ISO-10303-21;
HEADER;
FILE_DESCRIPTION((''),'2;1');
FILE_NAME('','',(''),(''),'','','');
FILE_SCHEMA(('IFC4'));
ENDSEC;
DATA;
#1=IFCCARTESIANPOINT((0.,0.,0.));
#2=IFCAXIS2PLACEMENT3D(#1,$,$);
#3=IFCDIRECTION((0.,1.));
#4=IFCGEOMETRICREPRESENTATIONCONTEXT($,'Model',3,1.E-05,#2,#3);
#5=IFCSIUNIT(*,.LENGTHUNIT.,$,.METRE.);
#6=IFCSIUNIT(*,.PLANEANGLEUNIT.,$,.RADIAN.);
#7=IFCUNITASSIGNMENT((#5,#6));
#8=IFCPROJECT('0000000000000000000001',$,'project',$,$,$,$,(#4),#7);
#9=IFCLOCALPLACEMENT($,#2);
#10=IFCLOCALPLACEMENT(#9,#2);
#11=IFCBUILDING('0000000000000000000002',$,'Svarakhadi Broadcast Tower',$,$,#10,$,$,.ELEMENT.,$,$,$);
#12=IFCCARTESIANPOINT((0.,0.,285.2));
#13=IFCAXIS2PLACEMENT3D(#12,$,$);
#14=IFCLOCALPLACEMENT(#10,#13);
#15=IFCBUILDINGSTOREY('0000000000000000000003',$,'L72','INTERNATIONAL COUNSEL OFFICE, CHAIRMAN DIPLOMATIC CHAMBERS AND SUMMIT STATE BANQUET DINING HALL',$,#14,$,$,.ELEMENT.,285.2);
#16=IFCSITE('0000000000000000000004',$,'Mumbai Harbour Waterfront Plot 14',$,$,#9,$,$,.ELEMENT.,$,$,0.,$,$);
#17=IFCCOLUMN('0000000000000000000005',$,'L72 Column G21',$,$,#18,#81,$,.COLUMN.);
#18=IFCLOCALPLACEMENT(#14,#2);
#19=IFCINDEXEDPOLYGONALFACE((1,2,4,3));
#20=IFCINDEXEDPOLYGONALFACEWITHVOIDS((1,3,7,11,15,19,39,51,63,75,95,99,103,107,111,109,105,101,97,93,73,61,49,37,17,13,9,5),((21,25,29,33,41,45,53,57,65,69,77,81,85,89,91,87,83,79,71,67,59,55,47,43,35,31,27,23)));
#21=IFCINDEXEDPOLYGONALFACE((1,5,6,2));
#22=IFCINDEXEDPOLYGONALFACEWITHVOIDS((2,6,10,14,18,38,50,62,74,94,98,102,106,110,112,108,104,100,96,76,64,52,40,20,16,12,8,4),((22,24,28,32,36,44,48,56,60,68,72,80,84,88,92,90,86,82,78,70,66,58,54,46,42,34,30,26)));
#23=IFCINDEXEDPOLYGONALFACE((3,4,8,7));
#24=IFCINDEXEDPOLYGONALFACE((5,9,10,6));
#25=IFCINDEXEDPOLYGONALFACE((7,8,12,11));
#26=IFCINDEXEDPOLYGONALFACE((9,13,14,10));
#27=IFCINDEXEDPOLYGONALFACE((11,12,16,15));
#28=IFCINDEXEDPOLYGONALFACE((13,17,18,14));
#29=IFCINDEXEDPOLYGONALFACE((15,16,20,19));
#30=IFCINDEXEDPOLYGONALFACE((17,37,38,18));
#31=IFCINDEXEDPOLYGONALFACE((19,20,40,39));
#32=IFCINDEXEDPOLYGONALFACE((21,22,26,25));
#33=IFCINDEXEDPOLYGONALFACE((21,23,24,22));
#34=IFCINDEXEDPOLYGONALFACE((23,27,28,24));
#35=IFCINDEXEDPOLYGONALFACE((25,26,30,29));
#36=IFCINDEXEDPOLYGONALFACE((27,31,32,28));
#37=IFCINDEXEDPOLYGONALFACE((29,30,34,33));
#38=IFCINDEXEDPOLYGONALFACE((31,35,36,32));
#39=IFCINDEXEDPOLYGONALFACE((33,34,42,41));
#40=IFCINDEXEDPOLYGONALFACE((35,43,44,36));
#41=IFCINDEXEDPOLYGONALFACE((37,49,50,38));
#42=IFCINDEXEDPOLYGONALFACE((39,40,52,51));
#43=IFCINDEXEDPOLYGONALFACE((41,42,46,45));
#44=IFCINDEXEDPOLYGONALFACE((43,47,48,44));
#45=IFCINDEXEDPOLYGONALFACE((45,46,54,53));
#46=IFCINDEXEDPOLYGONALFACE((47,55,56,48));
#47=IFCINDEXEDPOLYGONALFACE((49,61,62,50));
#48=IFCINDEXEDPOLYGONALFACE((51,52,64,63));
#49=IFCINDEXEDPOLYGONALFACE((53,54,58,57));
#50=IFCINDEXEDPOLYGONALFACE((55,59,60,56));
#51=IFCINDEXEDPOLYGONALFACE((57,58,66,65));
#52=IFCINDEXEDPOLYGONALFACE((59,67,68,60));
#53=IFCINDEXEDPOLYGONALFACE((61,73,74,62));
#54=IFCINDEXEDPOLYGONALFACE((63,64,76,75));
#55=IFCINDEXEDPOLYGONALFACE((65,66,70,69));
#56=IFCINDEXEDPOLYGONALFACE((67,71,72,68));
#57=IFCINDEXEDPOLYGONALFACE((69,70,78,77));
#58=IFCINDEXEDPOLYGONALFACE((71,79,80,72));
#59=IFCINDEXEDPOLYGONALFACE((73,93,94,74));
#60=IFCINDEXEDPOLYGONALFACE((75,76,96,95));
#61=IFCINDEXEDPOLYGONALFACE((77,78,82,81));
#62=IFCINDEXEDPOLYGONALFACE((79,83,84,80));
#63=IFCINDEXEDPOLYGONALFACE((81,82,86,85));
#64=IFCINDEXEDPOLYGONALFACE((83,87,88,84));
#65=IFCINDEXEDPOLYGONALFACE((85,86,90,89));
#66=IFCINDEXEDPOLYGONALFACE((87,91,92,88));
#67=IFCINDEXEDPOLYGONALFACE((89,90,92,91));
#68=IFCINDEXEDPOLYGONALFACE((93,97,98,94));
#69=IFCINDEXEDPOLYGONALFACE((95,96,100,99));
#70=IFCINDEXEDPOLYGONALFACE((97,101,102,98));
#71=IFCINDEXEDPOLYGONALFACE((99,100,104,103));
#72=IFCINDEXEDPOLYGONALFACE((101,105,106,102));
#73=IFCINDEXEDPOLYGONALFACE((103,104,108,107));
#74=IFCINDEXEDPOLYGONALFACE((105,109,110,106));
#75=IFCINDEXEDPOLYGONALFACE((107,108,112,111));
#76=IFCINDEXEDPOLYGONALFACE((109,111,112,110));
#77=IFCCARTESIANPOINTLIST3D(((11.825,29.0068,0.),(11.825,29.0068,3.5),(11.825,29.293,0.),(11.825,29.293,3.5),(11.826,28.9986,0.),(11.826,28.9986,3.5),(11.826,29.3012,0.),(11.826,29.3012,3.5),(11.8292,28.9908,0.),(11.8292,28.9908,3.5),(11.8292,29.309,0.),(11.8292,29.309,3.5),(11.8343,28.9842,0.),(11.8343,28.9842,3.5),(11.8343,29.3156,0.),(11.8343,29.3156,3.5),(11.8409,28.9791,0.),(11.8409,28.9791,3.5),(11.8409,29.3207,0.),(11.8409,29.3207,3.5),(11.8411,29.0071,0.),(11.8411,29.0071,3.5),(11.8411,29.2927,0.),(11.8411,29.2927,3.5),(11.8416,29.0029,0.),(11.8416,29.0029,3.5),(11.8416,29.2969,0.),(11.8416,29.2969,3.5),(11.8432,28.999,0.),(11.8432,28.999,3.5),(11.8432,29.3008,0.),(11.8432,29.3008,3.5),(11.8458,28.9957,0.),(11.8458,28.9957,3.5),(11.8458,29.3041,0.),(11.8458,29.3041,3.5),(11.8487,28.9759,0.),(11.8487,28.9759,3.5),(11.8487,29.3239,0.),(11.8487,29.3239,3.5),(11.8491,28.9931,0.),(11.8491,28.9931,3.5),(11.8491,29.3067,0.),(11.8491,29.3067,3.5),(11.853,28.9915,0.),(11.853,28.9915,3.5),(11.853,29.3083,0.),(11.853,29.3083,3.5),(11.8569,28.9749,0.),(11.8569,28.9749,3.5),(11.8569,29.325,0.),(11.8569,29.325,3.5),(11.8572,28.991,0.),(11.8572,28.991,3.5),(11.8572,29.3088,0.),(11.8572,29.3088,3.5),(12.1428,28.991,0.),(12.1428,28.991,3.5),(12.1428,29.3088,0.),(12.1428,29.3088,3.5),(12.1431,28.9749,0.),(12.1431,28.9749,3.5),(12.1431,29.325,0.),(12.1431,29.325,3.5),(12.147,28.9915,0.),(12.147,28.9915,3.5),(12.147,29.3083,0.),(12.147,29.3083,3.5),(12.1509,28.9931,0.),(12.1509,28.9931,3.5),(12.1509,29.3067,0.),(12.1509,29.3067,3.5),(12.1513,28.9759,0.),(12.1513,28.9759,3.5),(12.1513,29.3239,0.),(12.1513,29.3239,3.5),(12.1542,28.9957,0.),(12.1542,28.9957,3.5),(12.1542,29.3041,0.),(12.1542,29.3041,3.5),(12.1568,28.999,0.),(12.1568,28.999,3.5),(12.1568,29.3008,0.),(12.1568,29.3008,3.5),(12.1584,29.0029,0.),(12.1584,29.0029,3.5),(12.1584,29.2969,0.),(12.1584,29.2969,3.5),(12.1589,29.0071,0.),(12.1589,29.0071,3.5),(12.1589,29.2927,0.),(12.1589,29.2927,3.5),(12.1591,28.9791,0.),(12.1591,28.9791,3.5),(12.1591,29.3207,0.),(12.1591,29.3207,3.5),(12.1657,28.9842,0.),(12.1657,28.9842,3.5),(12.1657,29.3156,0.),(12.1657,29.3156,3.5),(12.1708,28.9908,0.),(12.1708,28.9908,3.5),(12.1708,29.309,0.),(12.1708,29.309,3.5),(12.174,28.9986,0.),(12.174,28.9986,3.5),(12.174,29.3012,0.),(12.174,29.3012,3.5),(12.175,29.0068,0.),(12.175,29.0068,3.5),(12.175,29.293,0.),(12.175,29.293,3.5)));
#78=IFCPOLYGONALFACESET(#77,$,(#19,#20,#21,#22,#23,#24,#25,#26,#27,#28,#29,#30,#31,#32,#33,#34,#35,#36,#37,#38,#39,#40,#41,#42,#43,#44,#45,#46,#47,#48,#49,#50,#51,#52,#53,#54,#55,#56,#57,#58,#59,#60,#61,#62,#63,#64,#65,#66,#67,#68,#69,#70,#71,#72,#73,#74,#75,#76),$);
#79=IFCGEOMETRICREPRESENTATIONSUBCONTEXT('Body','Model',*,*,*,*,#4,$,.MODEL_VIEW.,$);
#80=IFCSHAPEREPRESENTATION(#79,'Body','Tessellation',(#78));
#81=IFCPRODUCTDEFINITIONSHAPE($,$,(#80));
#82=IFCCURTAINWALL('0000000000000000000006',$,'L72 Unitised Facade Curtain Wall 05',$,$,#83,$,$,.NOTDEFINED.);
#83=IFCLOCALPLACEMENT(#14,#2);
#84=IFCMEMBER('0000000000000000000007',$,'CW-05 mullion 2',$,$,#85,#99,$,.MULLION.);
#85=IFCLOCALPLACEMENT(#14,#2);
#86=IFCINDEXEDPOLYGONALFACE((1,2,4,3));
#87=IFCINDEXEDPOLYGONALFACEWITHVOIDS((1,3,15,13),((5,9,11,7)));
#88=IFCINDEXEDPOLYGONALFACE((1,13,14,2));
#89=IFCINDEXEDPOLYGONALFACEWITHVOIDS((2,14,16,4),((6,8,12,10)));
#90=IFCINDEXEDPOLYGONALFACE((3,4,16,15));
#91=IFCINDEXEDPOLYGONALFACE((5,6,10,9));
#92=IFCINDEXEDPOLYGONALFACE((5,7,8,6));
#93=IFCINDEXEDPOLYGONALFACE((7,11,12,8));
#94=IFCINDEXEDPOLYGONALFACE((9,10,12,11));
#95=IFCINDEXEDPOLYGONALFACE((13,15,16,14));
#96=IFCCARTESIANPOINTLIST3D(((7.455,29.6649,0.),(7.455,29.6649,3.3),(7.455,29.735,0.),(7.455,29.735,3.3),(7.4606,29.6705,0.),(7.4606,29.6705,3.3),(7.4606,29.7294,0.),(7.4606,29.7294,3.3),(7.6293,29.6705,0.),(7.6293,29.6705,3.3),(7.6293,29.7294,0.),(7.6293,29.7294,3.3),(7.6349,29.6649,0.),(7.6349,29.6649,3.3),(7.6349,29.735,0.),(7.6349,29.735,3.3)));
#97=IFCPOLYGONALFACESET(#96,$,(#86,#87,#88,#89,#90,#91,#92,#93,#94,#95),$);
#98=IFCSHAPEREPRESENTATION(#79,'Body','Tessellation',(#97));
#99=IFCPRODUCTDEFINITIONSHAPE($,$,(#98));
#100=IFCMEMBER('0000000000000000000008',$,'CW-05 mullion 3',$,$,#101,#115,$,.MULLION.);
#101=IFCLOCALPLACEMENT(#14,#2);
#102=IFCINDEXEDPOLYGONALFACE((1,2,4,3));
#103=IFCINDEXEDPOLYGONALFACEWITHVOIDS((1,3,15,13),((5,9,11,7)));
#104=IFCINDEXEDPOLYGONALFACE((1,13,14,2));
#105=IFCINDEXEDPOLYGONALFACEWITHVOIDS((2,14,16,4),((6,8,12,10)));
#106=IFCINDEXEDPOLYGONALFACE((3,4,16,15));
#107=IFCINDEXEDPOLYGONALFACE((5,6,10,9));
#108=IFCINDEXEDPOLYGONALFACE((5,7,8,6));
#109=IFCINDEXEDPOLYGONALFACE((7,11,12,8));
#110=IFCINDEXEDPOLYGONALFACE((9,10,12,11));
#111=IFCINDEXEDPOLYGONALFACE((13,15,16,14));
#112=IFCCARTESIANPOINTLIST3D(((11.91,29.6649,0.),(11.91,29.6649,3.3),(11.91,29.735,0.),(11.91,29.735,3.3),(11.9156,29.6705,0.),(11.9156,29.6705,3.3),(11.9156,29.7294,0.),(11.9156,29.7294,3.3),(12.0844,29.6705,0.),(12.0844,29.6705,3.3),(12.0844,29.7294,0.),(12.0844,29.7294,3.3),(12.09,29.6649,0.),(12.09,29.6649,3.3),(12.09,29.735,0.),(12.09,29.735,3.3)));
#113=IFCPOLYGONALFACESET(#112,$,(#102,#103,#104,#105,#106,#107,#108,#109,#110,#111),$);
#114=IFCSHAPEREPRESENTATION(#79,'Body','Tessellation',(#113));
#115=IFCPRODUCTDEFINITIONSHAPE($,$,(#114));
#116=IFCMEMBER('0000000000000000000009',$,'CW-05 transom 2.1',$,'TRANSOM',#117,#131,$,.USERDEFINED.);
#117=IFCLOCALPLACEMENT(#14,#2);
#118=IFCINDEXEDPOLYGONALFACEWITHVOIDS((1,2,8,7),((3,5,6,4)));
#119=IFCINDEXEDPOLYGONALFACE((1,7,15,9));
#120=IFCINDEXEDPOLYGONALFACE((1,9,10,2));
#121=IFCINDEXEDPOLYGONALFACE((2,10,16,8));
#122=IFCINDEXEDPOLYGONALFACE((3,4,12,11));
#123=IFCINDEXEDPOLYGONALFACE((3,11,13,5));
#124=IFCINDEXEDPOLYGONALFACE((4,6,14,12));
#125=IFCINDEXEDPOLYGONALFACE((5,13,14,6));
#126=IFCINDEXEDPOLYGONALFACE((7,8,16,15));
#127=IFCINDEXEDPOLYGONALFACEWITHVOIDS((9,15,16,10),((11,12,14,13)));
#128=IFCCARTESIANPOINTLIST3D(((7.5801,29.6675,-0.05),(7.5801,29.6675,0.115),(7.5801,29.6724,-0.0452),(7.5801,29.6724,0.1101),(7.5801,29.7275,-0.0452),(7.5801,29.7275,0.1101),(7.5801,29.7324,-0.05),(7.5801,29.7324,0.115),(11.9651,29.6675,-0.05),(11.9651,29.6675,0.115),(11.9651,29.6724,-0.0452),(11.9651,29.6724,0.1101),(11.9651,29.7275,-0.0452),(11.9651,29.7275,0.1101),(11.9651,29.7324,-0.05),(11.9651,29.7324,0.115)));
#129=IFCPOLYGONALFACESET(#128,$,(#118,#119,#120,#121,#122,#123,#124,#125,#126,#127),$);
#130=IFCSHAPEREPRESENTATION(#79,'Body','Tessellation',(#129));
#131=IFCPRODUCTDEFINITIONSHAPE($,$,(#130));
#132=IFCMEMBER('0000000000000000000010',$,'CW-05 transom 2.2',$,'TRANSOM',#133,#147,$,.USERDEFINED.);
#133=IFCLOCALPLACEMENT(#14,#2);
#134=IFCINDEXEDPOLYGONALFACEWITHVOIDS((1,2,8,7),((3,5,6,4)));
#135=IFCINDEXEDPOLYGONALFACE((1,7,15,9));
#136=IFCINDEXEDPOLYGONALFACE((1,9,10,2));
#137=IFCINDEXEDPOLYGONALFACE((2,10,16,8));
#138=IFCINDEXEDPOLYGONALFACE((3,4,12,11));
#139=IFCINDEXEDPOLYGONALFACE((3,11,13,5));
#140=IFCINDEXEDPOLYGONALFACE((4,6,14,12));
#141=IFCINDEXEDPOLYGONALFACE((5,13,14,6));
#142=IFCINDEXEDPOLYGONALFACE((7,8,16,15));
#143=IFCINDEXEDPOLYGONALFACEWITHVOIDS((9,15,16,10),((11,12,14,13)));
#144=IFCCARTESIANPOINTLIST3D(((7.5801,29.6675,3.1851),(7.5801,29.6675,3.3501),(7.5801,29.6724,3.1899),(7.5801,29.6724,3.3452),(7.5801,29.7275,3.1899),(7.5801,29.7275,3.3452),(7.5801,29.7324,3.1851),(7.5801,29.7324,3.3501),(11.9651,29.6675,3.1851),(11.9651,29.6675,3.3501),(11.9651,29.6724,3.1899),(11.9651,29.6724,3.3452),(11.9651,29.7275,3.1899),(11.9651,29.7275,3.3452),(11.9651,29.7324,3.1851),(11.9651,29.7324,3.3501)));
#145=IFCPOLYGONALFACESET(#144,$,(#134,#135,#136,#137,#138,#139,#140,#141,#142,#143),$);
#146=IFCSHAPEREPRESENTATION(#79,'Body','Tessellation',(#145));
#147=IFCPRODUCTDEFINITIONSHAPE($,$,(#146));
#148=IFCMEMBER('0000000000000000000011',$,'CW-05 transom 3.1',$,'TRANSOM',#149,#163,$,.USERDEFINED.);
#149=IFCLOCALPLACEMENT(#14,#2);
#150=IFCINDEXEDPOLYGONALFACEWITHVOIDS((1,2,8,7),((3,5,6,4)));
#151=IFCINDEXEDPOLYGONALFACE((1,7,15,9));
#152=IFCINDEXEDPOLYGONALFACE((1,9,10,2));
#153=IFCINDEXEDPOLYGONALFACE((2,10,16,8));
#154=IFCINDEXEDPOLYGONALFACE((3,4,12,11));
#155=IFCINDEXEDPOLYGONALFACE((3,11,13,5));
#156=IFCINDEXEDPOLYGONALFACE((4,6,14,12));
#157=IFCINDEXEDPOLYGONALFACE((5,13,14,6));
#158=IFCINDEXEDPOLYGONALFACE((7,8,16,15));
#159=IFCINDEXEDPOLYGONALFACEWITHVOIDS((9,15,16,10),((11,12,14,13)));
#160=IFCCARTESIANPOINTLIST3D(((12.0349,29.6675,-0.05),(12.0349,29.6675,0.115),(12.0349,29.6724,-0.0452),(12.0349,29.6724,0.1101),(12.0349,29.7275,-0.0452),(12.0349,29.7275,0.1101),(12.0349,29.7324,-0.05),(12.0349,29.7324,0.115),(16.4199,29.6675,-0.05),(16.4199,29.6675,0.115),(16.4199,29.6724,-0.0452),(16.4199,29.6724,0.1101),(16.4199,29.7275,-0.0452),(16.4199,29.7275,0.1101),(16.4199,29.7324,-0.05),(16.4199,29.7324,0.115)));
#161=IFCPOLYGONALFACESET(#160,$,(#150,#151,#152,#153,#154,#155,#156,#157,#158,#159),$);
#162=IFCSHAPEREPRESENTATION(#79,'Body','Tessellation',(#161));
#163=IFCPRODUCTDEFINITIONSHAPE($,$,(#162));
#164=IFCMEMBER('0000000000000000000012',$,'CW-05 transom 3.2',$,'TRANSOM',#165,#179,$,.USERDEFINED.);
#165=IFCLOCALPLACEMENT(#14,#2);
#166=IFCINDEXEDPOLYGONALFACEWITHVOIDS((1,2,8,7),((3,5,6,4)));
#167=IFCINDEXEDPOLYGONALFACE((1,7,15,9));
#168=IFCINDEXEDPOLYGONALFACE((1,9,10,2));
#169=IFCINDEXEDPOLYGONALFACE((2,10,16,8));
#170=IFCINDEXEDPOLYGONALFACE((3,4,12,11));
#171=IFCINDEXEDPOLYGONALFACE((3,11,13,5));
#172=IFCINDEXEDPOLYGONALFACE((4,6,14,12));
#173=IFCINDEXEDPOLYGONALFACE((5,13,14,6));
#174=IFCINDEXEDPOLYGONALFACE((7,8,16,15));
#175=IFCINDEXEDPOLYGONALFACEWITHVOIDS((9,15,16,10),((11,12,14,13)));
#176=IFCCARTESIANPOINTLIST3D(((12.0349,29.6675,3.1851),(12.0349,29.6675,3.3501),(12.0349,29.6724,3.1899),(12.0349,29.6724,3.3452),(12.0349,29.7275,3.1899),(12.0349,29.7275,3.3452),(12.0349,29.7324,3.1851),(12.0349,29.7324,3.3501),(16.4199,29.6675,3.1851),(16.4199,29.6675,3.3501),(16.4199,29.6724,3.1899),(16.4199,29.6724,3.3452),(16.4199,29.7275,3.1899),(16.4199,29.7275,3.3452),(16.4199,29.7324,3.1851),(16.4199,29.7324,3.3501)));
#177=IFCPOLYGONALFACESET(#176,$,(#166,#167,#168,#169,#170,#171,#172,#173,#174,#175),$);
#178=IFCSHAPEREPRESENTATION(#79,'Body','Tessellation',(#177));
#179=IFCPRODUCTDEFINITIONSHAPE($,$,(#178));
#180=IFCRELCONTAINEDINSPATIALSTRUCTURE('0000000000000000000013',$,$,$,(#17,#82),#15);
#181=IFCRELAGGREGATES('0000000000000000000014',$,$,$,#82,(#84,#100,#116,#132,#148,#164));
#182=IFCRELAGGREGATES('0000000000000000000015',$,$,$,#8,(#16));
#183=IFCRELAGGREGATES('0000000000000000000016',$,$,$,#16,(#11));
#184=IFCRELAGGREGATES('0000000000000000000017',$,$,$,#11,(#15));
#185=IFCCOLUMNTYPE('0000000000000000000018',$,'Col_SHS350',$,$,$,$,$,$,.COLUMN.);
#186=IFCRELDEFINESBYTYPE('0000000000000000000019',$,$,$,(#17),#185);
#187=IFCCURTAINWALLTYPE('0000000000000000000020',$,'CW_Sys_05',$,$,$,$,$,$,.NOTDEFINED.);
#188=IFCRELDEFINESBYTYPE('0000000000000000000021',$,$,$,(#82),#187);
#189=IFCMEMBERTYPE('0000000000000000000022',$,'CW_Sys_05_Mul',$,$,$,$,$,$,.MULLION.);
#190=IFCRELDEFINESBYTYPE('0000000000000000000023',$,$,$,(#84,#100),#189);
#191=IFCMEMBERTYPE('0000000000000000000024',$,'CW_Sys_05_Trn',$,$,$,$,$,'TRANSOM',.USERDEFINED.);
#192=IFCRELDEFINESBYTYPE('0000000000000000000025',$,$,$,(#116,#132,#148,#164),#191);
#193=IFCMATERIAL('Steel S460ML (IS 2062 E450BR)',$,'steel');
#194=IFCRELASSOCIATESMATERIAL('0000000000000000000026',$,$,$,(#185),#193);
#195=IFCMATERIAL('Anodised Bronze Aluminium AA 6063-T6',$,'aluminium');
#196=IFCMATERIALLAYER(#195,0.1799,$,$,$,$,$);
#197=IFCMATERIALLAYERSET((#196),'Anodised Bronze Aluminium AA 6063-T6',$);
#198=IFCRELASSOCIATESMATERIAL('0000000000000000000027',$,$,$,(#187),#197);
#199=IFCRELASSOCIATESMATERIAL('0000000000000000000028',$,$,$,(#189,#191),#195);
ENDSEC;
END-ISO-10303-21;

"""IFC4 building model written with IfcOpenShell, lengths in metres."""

from ifc_helpers import new_model, si_unit, direction, frame, origin, origin_2d, place, context, subcontext, project, spatial, hollow_rectangle, extrude, material, layer, layer_set, material_profile, profile_set, type_object, element, aggregate, save


model = new_model("IFC4")

# Units and contexts
model_context = context("Model", 3, precision=1e-05, world=origin(), true_north=direction((0.0, 1.0)))
body_context = subcontext(model_context, "Body", "Model", "MODEL_VIEW")
ifc_project = project(units=[si_unit("LENGTHUNIT", "METRE"), si_unit("PLANEANGLEUNIT", "RADIAN")], contexts=[model_context])

# Site, building, storey
site_placement = place(None, origin())
site = spatial("IfcSite", under=ifc_project, at=site_placement, Name="Mumbai Harbour Waterfront Plot 14", CompositionType="ELEMENT", RefElevation=0.0)
building_placement = place(site_placement, origin())
building = spatial("IfcBuilding", under=site, at=building_placement, Name="Svarakhadi Broadcast Tower", CompositionType="ELEMENT")
storey_placement = place(building_placement, frame((0.0, 0.0, 285.2)))
storey = spatial("IfcBuildingStorey", under=building, at=storey_placement, Name="L72", Description="INTERNATIONAL COUNSEL OFFICE, CHAIRMAN DIPLOMATIC CHAMBERS AND SUMMIT STATE BANQUET DINING HALL", CompositionType="ELEMENT", Elevation=285.2)

# Column
ifc_material_1 = material(Name="Steel S460ML (IS 2062 E450BR)", Category="steel")
ifc_material_profile_1 = material_profile(ifc_material_1, hollow_rectangle(XDim=0.3501, YDim=0.3501, WallThickness=0.0161, InnerFilletRadius=0.0161, OuterFilletRadius=0.032, at=origin_2d()), Name="SHS 350x350x16")
ifc_profile_set_1 = profile_set([ifc_material_profile_1], Name="Steel S460ML (IS 2062 E450BR)")
column_type = type_object("IfcColumnType", Name="Col_SHS350", PredefinedType="COLUMN", material=ifc_profile_set_1)
column_placement = place(storey_placement, frame((12.0, 29.1499, 0.0), z_axis=(0.0, 0.0, 1.0), x_axis=(1.0, 0.0, 0.0)))
element("IfcColumn", 1, at=column_placement, inside=storey, type_object=column_type, Name="L72 Column G21", PredefinedType="COLUMN", context=body_context, shape_type="SweptSolid", body=[
    extrude(hollow_rectangle(XDim=0.3501, YDim=0.3501, WallThickness=0.0161, InnerFilletRadius=0.0161, OuterFilletRadius=0.032, at=origin_2d()), origin(), (0.0, 0.0, 1.0), 3.5),
])

# Curtain wall, members
ifc_material_2 = material(Name="Anodised Bronze Aluminium AA 6063-T6", Category="aluminium")
ifc_layer_1 = layer(ifc_material_2, 0.1799)
ifc_layer_set_1 = layer_set([ifc_layer_1], Name="Anodised Bronze Aluminium AA 6063-T6")
curtain_wall_type = type_object("IfcCurtainWallType", Name="CW_Sys_05", PredefinedType="NOTDEFINED", material=ifc_layer_set_1)
curtain_wall_placement = place(storey_placement, origin())
curtain_wall = element("IfcCurtainWall", 2, at=curtain_wall_placement, inside=storey, type_object=curtain_wall_type, Name="L72 Unitised Facade Curtain Wall 05", PredefinedType="NOTDEFINED")
ifc_material_profile_2 = material_profile(ifc_material_2, hollow_rectangle(XDim=0.0701, YDim=0.1799, WallThickness=0.0056, at=origin_2d()), Name="ALU MULLION 180x70x6")
ifc_profile_set_2 = profile_set([ifc_material_profile_2], Name="Anodised Bronze Aluminium AA 6063-T6")
member_type_1 = type_object("IfcMemberType", Name="CW_Sys_05_Mul", PredefinedType="MULLION", material=ifc_profile_set_2)
member_1_placement = place(storey_placement, frame((7.5449, 29.7, 0.0), z_axis=(0.0, 0.0, 1.0), x_axis=(0.0, 1.0, 0.0)))
member_1 = element("IfcMember", 3, at=member_1_placement, type_object=member_type_1, Name="CW-05 mullion 2", PredefinedType="MULLION", context=body_context, shape_type="SweptSolid", body=[
    extrude(hollow_rectangle(XDim=0.0701, YDim=0.1799, WallThickness=0.0056, at=origin_2d()), origin(), (0.0, 0.0, 1.0), 3.3),
])
member_2_placement = place(storey_placement, frame((12.0, 29.7, 0.0), z_axis=(0.0, 0.0, 1.0), x_axis=(0.0, 1.0, 0.0)))
member_2 = element("IfcMember", 4, at=member_2_placement, type_object=member_type_1, Name="CW-05 mullion 3", PredefinedType="MULLION", context=body_context, shape_type="SweptSolid", body=[
    extrude(hollow_rectangle(XDim=0.0701, YDim=0.1799, WallThickness=0.0056, at=origin_2d()), origin(), (0.0, 0.0, 1.0), 3.3),
])
ifc_material_profile_3 = material_profile(ifc_material_2, hollow_rectangle(XDim=0.0649, YDim=0.165, WallThickness=0.0049, at=origin_2d()), Name="ALU TRANSOM 165x65x5")
ifc_profile_set_3 = profile_set([ifc_material_profile_3], Name="Anodised Bronze Aluminium AA 6063-T6")
member_type_2 = type_object("IfcMemberType", Name="CW_Sys_05_Trn", ElementType="TRANSOM", PredefinedType="USERDEFINED", material=ifc_profile_set_3)
member_3_placement = place(storey_placement, frame((7.5801, 29.7, 0.0325), z_axis=(1.0, 0.0, 0.0), x_axis=(0.0, 1.0, 0.0)))
member_3 = element("IfcMember", 5, at=member_3_placement, type_object=member_type_2, Name="CW-05 transom 2.1", ObjectType="TRANSOM", PredefinedType="USERDEFINED", context=body_context, shape_type="SweptSolid", body=[
    extrude(hollow_rectangle(XDim=0.0649, YDim=0.165, WallThickness=0.0049, at=origin_2d()), origin(), (0.0, 0.0, 1.0), 4.385),
])
member_4_placement = place(storey_placement, frame((7.5801, 29.7, 3.2676), z_axis=(1.0, 0.0, 0.0), x_axis=(0.0, 1.0, 0.0)))
member_4 = element("IfcMember", 6, at=member_4_placement, type_object=member_type_2, Name="CW-05 transom 2.2", ObjectType="TRANSOM", PredefinedType="USERDEFINED", context=body_context, shape_type="SweptSolid", body=[
    extrude(hollow_rectangle(XDim=0.0649, YDim=0.165, WallThickness=0.0049, at=origin_2d()), origin(), (0.0, 0.0, 1.0), 4.385),
])
member_5_placement = place(storey_placement, frame((12.0349, 29.7, 0.0325), z_axis=(1.0, 0.0, 0.0), x_axis=(0.0, 1.0, 0.0)))
member_5 = element("IfcMember", 7, at=member_5_placement, type_object=member_type_2, Name="CW-05 transom 3.1", ObjectType="TRANSOM", PredefinedType="USERDEFINED", context=body_context, shape_type="SweptSolid", body=[
    extrude(hollow_rectangle(XDim=0.0649, YDim=0.165, WallThickness=0.0049, at=origin_2d()), origin(), (0.0, 0.0, 1.0), 4.385),
])
member_6_placement = place(storey_placement, frame((12.0349, 29.7, 3.2676), z_axis=(1.0, 0.0, 0.0), x_axis=(0.0, 1.0, 0.0)))
member_6 = element("IfcMember", 8, at=member_6_placement, type_object=member_type_2, Name="CW-05 transom 3.2", ObjectType="TRANSOM", PredefinedType="USERDEFINED", context=body_context, shape_type="SweptSolid", body=[
    extrude(hollow_rectangle(XDim=0.0649, YDim=0.165, WallThickness=0.0049, at=origin_2d()), origin(), (0.0, 0.0, 1.0), 4.385),
])

aggregate(curtain_wall, [member_1, member_2, member_3, member_4, member_5, member_6])

save(model, "model.ifc")
